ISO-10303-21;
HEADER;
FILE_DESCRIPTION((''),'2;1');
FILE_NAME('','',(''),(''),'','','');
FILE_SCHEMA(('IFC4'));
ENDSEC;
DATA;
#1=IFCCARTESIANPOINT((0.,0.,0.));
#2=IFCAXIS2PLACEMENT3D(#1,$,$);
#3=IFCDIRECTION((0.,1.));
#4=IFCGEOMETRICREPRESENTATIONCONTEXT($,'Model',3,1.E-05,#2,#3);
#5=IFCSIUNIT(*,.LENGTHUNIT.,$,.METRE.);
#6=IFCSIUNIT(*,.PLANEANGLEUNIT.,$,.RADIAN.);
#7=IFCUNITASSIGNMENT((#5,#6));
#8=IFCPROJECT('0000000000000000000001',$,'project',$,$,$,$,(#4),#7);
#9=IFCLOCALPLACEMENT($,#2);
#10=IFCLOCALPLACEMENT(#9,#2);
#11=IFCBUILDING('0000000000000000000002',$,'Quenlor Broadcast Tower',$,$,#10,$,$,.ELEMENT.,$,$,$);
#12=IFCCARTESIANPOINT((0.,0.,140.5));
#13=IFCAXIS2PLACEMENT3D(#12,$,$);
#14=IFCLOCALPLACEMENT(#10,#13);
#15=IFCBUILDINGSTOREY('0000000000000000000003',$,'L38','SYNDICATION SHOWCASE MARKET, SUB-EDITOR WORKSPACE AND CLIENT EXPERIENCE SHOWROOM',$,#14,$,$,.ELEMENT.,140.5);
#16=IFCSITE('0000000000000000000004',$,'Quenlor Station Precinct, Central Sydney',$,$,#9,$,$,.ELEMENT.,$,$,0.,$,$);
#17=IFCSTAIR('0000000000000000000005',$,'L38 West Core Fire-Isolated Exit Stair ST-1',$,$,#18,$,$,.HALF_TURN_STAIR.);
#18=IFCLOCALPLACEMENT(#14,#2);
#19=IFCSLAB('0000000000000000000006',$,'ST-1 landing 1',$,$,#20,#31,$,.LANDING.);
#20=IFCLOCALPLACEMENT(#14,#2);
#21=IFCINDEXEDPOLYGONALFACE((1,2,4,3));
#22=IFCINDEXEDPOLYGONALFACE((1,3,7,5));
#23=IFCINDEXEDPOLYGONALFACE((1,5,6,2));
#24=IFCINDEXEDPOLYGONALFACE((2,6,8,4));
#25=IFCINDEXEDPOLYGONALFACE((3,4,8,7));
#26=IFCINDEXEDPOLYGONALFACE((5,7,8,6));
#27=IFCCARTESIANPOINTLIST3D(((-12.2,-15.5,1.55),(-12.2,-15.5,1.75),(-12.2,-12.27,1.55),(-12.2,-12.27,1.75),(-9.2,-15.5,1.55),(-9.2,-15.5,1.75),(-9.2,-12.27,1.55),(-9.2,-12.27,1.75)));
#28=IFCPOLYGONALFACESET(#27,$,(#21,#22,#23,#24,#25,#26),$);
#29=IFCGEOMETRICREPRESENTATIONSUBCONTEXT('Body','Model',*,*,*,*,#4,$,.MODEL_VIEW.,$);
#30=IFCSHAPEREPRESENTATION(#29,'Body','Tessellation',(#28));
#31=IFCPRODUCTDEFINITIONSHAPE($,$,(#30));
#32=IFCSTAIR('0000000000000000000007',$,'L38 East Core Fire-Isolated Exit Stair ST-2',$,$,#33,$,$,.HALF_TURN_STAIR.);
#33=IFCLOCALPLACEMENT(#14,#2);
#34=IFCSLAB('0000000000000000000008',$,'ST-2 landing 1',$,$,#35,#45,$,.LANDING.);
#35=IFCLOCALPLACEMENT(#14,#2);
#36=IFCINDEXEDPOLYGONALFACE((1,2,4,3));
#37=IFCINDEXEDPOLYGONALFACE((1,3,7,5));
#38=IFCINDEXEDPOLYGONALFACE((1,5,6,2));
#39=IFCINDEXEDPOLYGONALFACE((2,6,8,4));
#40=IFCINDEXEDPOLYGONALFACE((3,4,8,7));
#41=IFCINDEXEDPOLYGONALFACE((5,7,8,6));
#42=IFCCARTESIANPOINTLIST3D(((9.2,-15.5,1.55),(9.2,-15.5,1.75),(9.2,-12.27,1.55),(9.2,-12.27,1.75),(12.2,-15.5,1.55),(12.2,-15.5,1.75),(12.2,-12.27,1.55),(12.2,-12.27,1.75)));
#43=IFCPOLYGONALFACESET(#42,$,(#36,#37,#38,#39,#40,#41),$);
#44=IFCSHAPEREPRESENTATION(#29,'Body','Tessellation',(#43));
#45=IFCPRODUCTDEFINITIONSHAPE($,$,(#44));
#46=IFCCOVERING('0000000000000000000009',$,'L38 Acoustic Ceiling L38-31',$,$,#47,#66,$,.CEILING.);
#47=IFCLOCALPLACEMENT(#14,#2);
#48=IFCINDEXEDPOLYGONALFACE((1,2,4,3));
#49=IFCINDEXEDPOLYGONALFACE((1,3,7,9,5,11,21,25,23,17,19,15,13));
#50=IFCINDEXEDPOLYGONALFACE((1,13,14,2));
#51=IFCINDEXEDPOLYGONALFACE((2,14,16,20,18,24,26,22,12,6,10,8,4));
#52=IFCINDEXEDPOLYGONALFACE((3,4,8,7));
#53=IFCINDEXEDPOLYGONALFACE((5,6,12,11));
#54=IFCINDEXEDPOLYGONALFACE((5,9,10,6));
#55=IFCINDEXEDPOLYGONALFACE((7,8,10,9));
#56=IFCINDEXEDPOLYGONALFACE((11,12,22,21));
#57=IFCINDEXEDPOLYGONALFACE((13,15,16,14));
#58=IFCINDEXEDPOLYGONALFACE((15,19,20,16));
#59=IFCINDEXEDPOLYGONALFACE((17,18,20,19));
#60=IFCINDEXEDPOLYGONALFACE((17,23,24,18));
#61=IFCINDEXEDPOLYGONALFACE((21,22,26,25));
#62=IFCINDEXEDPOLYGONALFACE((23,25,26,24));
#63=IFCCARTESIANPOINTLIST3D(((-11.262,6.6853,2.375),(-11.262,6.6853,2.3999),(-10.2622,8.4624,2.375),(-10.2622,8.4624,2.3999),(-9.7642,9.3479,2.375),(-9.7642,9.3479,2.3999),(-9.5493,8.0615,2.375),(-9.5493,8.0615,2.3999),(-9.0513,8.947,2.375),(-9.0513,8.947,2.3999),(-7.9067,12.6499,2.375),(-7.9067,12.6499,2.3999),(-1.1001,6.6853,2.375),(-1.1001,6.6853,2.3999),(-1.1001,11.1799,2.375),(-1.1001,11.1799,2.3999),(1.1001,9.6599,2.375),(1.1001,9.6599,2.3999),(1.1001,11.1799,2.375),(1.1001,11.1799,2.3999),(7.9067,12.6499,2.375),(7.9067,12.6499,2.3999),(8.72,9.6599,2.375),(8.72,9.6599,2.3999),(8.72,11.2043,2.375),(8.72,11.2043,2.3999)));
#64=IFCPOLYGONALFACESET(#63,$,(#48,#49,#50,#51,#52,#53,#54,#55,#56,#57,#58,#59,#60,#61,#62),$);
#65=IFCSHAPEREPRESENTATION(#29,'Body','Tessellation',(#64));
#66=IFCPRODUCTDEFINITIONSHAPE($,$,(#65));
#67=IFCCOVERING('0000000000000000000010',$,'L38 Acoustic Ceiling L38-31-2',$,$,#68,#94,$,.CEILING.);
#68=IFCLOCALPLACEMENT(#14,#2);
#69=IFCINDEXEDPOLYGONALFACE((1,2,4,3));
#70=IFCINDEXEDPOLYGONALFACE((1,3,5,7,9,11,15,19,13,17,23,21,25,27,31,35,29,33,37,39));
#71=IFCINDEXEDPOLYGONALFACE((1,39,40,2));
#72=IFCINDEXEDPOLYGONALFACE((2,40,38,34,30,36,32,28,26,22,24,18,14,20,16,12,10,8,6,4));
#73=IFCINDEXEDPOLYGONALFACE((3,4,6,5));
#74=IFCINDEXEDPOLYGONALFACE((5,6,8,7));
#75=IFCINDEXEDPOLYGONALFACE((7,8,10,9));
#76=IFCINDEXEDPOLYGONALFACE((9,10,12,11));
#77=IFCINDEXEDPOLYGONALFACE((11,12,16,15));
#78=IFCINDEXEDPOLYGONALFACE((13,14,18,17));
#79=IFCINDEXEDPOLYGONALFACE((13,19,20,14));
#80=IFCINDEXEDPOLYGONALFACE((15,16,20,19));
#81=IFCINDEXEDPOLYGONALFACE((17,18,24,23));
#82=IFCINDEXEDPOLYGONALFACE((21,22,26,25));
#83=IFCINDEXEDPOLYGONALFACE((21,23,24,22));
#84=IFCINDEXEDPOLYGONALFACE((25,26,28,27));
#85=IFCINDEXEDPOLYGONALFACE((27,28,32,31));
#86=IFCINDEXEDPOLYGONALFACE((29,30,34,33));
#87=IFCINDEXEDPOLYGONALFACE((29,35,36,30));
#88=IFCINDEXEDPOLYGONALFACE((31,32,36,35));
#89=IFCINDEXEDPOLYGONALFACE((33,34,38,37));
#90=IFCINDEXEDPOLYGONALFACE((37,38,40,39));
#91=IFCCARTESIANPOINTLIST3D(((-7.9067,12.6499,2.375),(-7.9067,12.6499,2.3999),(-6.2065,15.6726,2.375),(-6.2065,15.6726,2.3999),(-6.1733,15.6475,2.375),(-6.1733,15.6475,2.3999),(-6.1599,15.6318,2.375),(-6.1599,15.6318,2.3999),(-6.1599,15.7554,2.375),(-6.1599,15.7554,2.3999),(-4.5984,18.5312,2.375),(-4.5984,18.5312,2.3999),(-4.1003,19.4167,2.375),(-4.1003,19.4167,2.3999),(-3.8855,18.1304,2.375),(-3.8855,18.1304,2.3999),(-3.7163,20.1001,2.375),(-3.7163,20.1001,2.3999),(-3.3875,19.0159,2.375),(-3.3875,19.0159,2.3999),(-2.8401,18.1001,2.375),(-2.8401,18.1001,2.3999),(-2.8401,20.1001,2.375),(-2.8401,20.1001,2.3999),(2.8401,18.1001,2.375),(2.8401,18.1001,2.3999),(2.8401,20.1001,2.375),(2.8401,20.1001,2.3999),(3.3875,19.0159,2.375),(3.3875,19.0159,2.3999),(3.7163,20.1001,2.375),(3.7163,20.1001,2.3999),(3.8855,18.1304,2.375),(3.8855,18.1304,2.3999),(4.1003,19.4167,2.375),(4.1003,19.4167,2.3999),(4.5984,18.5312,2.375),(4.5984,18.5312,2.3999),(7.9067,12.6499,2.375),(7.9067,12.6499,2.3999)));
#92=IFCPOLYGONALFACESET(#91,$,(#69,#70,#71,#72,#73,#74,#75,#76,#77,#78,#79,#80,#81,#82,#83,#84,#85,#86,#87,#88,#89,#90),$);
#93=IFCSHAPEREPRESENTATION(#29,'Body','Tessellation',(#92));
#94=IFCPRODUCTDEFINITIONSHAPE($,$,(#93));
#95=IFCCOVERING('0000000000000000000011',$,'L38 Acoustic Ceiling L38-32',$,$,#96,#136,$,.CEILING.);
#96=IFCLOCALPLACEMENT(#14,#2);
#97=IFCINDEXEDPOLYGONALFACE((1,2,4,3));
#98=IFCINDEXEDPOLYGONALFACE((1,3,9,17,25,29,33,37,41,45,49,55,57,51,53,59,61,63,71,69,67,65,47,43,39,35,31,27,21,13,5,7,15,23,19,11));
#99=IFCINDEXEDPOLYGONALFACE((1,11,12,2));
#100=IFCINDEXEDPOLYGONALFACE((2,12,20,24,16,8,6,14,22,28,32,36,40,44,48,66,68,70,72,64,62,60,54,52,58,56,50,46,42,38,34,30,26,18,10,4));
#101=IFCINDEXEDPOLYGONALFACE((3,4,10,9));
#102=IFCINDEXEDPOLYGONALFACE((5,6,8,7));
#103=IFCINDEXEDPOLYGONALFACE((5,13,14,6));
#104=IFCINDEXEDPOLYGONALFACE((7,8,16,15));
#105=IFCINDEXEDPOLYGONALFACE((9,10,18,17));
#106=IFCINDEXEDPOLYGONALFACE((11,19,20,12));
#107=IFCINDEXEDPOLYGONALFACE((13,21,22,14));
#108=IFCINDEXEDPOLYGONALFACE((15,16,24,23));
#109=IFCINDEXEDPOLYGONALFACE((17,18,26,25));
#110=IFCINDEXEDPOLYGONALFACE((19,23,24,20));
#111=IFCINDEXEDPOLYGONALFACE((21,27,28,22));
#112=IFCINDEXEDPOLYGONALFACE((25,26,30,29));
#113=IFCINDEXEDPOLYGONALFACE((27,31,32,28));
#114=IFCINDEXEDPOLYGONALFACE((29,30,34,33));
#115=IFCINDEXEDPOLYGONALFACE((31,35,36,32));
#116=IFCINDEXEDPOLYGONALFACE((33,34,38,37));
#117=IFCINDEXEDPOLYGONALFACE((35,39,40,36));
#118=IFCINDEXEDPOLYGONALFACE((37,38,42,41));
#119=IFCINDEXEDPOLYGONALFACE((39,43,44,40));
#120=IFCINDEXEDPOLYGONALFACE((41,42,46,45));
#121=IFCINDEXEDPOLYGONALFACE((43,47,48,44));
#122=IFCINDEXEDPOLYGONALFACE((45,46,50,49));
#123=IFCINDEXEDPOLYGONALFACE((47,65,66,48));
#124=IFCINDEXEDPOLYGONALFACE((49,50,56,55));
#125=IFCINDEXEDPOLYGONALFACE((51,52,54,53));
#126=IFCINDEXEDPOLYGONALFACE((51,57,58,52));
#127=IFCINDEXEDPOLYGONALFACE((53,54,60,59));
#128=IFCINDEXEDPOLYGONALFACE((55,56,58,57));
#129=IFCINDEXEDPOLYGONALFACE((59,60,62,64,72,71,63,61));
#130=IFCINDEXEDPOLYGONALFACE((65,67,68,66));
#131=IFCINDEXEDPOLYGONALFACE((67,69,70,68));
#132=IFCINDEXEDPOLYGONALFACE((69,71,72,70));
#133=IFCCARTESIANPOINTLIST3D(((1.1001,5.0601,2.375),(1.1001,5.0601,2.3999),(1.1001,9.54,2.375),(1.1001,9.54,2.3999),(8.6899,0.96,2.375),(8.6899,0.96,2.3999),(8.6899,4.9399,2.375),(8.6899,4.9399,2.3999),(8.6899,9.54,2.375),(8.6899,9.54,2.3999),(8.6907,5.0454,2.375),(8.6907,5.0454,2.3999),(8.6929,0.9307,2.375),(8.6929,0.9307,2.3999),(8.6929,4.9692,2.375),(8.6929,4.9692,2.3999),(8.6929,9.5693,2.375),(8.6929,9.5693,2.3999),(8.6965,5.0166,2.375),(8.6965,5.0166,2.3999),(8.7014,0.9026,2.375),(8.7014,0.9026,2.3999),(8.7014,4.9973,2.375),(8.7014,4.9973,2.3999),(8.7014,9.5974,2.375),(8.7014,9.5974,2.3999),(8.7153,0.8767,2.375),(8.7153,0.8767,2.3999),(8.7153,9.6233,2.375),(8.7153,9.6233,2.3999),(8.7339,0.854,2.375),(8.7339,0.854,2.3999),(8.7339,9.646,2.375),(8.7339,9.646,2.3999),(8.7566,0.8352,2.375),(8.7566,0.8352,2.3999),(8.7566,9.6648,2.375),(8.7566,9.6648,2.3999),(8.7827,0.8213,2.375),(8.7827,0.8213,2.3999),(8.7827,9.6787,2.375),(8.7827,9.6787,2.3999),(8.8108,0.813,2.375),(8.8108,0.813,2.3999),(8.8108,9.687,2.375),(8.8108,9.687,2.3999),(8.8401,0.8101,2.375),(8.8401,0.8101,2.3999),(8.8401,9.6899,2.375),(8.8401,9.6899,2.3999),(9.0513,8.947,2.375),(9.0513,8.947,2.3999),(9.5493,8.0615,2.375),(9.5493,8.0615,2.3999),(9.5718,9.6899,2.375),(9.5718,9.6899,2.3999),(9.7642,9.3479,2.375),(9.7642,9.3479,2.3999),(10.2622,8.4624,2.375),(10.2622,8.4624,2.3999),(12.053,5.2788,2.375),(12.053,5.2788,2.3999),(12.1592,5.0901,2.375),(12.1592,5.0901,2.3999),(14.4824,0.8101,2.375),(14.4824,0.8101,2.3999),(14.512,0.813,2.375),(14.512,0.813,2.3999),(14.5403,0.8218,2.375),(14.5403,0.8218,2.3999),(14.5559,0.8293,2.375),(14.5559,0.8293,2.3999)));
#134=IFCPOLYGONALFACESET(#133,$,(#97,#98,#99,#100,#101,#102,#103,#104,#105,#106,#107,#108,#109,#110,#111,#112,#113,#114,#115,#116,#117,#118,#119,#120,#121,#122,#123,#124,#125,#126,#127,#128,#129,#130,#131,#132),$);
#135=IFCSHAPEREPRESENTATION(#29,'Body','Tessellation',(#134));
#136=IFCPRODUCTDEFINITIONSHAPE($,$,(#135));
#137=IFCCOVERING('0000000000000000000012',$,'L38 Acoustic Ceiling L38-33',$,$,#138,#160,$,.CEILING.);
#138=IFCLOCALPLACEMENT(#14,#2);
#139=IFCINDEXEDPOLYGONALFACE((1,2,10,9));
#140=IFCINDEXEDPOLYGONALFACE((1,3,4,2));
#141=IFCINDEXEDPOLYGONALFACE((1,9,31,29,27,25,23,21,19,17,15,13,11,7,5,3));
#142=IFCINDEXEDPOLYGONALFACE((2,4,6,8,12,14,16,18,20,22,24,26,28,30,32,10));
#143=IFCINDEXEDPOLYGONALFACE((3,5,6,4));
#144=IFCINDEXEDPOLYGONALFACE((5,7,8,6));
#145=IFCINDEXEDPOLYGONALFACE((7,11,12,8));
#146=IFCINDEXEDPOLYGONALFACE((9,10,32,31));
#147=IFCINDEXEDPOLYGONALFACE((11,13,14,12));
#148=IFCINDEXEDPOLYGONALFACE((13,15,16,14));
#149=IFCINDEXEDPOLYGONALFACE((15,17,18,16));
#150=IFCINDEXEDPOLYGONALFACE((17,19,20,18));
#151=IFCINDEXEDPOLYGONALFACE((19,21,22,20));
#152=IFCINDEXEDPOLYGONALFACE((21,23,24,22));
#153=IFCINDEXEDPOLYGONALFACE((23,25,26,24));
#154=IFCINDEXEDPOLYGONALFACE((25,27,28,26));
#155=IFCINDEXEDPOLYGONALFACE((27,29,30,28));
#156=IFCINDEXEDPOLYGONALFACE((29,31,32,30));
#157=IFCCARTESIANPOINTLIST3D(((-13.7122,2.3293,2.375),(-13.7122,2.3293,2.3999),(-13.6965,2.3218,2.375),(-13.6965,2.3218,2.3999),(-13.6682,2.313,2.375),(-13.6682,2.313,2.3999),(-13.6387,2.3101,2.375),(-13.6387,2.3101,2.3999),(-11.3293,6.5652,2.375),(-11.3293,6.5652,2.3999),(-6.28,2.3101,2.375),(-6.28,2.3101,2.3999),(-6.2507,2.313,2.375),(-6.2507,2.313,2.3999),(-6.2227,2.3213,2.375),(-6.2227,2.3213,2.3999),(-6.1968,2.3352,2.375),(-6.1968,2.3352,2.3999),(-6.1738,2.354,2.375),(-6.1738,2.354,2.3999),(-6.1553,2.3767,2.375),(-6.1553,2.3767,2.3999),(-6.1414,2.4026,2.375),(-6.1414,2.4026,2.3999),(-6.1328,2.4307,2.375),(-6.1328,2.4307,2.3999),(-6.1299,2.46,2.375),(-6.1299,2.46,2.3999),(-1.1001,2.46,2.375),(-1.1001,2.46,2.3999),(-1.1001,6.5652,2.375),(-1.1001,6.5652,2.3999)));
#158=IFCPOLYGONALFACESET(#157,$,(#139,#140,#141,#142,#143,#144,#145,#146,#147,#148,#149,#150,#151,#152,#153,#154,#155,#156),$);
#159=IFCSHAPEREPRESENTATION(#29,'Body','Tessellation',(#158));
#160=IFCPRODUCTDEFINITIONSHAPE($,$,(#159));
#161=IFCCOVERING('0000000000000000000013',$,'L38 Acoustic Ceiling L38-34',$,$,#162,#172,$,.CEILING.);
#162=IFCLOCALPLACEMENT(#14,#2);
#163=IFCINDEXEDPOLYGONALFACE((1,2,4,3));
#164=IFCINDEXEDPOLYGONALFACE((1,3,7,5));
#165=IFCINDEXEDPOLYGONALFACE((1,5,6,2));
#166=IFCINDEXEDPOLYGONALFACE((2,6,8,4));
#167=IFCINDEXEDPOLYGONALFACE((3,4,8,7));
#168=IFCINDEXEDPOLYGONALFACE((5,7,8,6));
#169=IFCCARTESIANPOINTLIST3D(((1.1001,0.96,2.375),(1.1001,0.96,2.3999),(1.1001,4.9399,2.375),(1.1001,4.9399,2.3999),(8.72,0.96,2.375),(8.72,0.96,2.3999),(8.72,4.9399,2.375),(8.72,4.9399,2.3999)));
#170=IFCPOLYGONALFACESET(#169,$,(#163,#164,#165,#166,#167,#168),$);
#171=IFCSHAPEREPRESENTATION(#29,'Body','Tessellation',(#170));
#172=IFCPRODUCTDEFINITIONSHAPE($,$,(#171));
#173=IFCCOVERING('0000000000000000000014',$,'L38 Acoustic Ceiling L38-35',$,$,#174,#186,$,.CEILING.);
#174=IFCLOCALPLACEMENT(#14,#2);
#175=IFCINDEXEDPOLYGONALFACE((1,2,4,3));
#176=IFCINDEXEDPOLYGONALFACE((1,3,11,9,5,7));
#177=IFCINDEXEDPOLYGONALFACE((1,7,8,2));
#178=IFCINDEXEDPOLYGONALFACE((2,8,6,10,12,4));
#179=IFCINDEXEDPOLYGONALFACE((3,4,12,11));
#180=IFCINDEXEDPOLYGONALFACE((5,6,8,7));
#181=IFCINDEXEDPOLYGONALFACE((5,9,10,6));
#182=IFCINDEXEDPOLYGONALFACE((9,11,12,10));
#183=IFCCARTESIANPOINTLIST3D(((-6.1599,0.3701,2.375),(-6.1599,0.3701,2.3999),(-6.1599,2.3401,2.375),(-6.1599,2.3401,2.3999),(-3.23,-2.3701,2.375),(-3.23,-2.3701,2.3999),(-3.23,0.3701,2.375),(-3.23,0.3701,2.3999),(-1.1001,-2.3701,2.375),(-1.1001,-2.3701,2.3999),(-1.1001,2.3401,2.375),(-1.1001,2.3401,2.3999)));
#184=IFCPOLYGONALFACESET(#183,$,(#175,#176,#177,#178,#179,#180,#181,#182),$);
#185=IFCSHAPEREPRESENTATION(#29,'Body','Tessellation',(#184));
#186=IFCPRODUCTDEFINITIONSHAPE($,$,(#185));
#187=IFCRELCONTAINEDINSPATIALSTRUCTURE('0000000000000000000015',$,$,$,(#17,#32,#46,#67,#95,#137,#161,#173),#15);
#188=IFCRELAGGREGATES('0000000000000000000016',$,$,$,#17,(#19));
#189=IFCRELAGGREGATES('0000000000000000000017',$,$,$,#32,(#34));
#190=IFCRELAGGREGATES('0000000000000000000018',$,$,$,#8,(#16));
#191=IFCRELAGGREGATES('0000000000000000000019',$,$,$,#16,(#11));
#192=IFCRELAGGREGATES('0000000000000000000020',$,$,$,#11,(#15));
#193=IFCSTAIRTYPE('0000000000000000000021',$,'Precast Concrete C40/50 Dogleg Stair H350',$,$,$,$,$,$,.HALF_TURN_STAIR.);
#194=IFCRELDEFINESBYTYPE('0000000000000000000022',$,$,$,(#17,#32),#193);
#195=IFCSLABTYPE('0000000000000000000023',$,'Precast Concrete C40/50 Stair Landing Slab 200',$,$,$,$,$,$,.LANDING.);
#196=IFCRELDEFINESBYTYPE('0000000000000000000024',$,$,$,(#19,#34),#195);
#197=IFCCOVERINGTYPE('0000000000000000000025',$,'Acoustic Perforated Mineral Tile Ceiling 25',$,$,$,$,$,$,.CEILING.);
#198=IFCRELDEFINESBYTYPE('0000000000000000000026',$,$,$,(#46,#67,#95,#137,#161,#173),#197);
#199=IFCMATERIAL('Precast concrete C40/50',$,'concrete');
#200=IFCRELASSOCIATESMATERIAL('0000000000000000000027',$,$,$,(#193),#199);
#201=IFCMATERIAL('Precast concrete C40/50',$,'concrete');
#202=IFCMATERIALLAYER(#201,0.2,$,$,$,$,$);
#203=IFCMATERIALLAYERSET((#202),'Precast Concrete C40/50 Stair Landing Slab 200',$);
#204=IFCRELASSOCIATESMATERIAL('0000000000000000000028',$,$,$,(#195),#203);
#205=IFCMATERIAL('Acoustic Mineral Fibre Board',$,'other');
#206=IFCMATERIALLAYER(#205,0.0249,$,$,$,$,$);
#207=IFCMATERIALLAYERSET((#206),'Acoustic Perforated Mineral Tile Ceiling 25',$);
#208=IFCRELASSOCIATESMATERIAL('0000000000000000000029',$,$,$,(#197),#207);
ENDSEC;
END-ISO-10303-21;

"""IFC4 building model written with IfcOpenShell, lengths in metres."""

from ifc_helpers import new_model, si_unit, direction, frame, origin, place, context, subcontext, project, spatial, polyline, outline, extrude, material, layer, layer_set, type_object, element, aggregate, save


model = new_model("IFC4")

# Units and contexts
model_context = context("Model", 3, precision=1e-05, world=origin(), true_north=direction((0.0, 1.0)))
body_context = subcontext(model_context, "Body", "Model", "MODEL_VIEW")
ifc_project = project(units=[si_unit("LENGTHUNIT", "METRE"), si_unit("PLANEANGLEUNIT", "RADIAN")], contexts=[model_context])

# Site, building, storey
site_placement = place(None, origin())
site = spatial("IfcSite", under=ifc_project, at=site_placement, Name="Quenlor Station Precinct, Central Sydney", CompositionType="ELEMENT", RefElevation=0.0)
building_placement = place(site_placement, origin())
building = spatial("IfcBuilding", under=site, at=building_placement, Name="Quenlor Broadcast Tower", CompositionType="ELEMENT")
storey_placement = place(building_placement, frame((0.0, 0.0, 140.5)))
storey = spatial("IfcBuildingStorey", under=building, at=storey_placement, Name="L38", Description="SYNDICATION SHOWCASE MARKET, SUB-EDITOR WORKSPACE AND CLIENT EXPERIENCE SHOWROOM", CompositionType="ELEMENT", Elevation=140.5)

# Stairs, slabs
ifc_material_1 = material(Name="Precast concrete C40/50", Category="concrete")
stair_type = type_object("IfcStairType", Name="Precast Concrete C40/50 Dogleg Stair H350", PredefinedType="HALF_TURN_STAIR", material=ifc_material_1)
stair_1_placement = place(storey_placement, origin())
stair_1 = element("IfcStair", 1, at=stair_1_placement, inside=storey, type_object=stair_type, Name="L38 West Core Fire-Isolated Exit Stair ST-1", PredefinedType="HALF_TURN_STAIR")
ifc_material_2 = material(Name="Precast concrete C40/50", Category="concrete")
ifc_layer_1 = layer(ifc_material_2, 0.2)
ifc_layer_set_1 = layer_set([ifc_layer_1], Name="Precast Concrete C40/50 Stair Landing Slab 200")
slab_type = type_object("IfcSlabType", Name="Precast Concrete C40/50 Stair Landing Slab 200", PredefinedType="LANDING", material=ifc_layer_set_1)
slab_1_placement = place(storey_placement, frame((0.0, 0.0, 1.55)))
slab_1 = element("IfcSlab", 2, at=slab_1_placement, type_object=slab_type, Name="ST-1 landing 1", PredefinedType="LANDING", context=body_context, shape_type="SweptSolid", body=[
    extrude(outline(polyline([(-12.2, -12.27), (-12.2, -15.5), (-9.2, -15.5), (-9.2, -12.27), (-12.2, -12.27)])), origin(), (0.0, 0.0, 1.0), 0.2),
])
aggregate(stair_1, [slab_1])
stair_2_placement = place(storey_placement, origin())
stair_2 = element("IfcStair", 3, at=stair_2_placement, inside=storey, type_object=stair_type, Name="L38 East Core Fire-Isolated Exit Stair ST-2", PredefinedType="HALF_TURN_STAIR")
slab_2_placement = place(storey_placement, frame((0.0, 0.0, 1.55)))
slab_2 = element("IfcSlab", 4, at=slab_2_placement, type_object=slab_type, Name="ST-2 landing 1", PredefinedType="LANDING", context=body_context, shape_type="SweptSolid", body=[
    extrude(outline(polyline([(9.2, -12.27), (9.2, -15.5), (12.2, -15.5), (12.2, -12.27), (9.2, -12.27)])), origin(), (0.0, 0.0, 1.0), 0.2),
])
aggregate(stair_2, [slab_2])

# Coverings
ifc_material_3 = material(Name="Acoustic Mineral Fibre Board", Category="other")
ifc_layer_2 = layer(ifc_material_3, 0.0249)
ifc_layer_set_2 = layer_set([ifc_layer_2], Name="Acoustic Perforated Mineral Tile Ceiling 25")
covering_type_1 = type_object("IfcCoveringType", Name="Acoustic Perforated Mineral Tile Ceiling 25", PredefinedType="CEILING", material=ifc_layer_set_2)
covering_1_placement = place(storey_placement, frame((0.0, 0.0, 2.375)))
element("IfcCovering", 5, at=covering_1_placement, inside=storey, type_object=covering_type_1, Name="L38 Acoustic Ceiling L38-31", PredefinedType="CEILING", context=body_context, shape_type="SweptSolid", body=[
    extrude(outline(polyline([(8.72, 11.2043), (8.72, 9.6599), (1.1001, 9.6599), (1.1001, 11.1799), (-1.1001, 11.1799), (-1.1001, 6.6853), (-11.262, 6.6853), (-10.2622, 8.4624), (-9.5493, 8.0615), (-9.0513, 8.947), (-9.7642, 9.3479), (-7.9067, 12.6499), (7.9067, 12.6499), (8.72, 11.2043)])), origin(), (0.0, 0.0, 1.0), 0.0249),
])
covering_2_placement = place(storey_placement, frame((0.0, 0.0, 2.375)))
element("IfcCovering", 6, at=covering_2_placement, inside=storey, type_object=covering_type_1, Name="L38 Acoustic Ceiling L38-31-2", PredefinedType="CEILING", context=body_context, shape_type="SweptSolid", body=[
    extrude(outline(polyline([(-6.1599, 15.7554), (-4.5984, 18.5312), (-3.8855, 18.1304), (-3.3875, 19.0159), (-4.1003, 19.4167), (-3.7163, 20.1001), (-2.8401, 20.1001), (-2.8401, 18.1001), (2.8401, 18.1001), (2.8401, 20.1001), (3.7163, 20.1001), (4.1003, 19.4167), (3.3875, 19.0159), (3.8855, 18.1304), (4.5984, 18.5312), (7.9067, 12.6499), (-7.9067, 12.6499), (-6.2065, 15.6726), (-6.1733, 15.6475), (-6.1599, 15.6318), (-6.1599, 15.7554)])), origin(), (0.0, 0.0, 1.0), 0.0249),
])
covering_3_placement = place(storey_placement, frame((0.0, 0.0, 2.375)))
element("IfcCovering", 7, at=covering_3_placement, inside=storey, type_object=covering_type_1, Name="L38 Acoustic Ceiling L38-32", PredefinedType="CEILING", context=body_context, shape_type="SweptSolid", body=[
    extrude(outline(polyline([(14.4824, 0.8101), (8.8401, 0.8101), (8.8108, 0.813), (8.7827, 0.8213), (8.7566, 0.8352), (8.7339, 0.854), (8.7153, 0.8767), (8.7014, 0.9026), (8.6929, 0.9307), (8.6899, 0.96), (8.6899, 4.9399), (8.6929, 4.9692), (8.7014, 4.9973), (8.6965, 5.0166), (8.6907, 5.0454), (1.1001, 5.0601), (1.1001, 9.54), (8.6899, 9.54), (8.6929, 9.5693), (8.7014, 9.5974), (8.7153, 9.6233), (8.7339, 9.646), (8.7566, 9.6648), (8.7827, 9.6787), (8.8108, 9.687), (8.8401, 9.6899), (9.5718, 9.6899), (9.7642, 9.3479), (9.0513, 8.947), (9.5493, 8.0615), (10.2622, 8.4624), (12.053, 5.2788), (12.1592, 5.0901), (14.5559, 0.8293), (14.5403, 0.8218), (14.512, 0.813), (14.4824, 0.8101)])), origin(), (0.0, 0.0, 1.0), 0.0249),
])
covering_4_placement = place(storey_placement, frame((0.0, 0.0, 2.375)))
element("IfcCovering", 8, at=covering_4_placement, inside=storey, type_object=covering_type_1, Name="L38 Acoustic Ceiling L38-33", PredefinedType="CEILING", context=body_context, shape_type="SweptSolid", body=[
    extrude(outline(polyline([(-6.1414, 2.4026), (-6.1553, 2.3767), (-6.1738, 2.354), (-6.1968, 2.3352), (-6.2227, 2.3213), (-6.2507, 2.313), (-6.28, 2.3101), (-13.6387, 2.3101), (-13.6682, 2.313), (-13.6965, 2.3218), (-13.7122, 2.3293), (-11.3293, 6.5652), (-1.1001, 6.5652), (-1.1001, 2.46), (-6.1299, 2.46), (-6.1328, 2.4307), (-6.1414, 2.4026)])), origin(), (0.0, 0.0, 1.0), 0.0249),
])
covering_5_placement = place(storey_placement, frame((0.0, 0.0, 2.375)))
element("IfcCovering", 9, at=covering_5_placement, inside=storey, type_object=covering_type_1, Name="L38 Acoustic Ceiling L38-34", PredefinedType="CEILING", context=body_context, shape_type="SweptSolid", body=[
    extrude(outline(polyline([(1.1001, 0.96), (1.1001, 4.9399), (8.72, 4.9399), (8.72, 0.96), (1.1001, 0.96)])), origin(), (0.0, 0.0, 1.0), 0.0249),
])
covering_6_placement = place(storey_placement, frame((0.0, 0.0, 2.375)))
element("IfcCovering", 10, at=covering_6_placement, inside=storey, type_object=covering_type_1, Name="L38 Acoustic Ceiling L38-35", PredefinedType="CEILING", context=body_context, shape_type="SweptSolid", body=[
    extrude(outline(polyline([(-6.1599, 0.3701), (-6.1599, 2.3401), (-1.1001, 2.3401), (-1.1001, -2.3701), (-3.23, -2.3701), (-3.23, 0.3701), (-6.1599, 0.3701)])), origin(), (0.0, 0.0, 1.0), 0.0249),
])

save(model, "model.ifc")
